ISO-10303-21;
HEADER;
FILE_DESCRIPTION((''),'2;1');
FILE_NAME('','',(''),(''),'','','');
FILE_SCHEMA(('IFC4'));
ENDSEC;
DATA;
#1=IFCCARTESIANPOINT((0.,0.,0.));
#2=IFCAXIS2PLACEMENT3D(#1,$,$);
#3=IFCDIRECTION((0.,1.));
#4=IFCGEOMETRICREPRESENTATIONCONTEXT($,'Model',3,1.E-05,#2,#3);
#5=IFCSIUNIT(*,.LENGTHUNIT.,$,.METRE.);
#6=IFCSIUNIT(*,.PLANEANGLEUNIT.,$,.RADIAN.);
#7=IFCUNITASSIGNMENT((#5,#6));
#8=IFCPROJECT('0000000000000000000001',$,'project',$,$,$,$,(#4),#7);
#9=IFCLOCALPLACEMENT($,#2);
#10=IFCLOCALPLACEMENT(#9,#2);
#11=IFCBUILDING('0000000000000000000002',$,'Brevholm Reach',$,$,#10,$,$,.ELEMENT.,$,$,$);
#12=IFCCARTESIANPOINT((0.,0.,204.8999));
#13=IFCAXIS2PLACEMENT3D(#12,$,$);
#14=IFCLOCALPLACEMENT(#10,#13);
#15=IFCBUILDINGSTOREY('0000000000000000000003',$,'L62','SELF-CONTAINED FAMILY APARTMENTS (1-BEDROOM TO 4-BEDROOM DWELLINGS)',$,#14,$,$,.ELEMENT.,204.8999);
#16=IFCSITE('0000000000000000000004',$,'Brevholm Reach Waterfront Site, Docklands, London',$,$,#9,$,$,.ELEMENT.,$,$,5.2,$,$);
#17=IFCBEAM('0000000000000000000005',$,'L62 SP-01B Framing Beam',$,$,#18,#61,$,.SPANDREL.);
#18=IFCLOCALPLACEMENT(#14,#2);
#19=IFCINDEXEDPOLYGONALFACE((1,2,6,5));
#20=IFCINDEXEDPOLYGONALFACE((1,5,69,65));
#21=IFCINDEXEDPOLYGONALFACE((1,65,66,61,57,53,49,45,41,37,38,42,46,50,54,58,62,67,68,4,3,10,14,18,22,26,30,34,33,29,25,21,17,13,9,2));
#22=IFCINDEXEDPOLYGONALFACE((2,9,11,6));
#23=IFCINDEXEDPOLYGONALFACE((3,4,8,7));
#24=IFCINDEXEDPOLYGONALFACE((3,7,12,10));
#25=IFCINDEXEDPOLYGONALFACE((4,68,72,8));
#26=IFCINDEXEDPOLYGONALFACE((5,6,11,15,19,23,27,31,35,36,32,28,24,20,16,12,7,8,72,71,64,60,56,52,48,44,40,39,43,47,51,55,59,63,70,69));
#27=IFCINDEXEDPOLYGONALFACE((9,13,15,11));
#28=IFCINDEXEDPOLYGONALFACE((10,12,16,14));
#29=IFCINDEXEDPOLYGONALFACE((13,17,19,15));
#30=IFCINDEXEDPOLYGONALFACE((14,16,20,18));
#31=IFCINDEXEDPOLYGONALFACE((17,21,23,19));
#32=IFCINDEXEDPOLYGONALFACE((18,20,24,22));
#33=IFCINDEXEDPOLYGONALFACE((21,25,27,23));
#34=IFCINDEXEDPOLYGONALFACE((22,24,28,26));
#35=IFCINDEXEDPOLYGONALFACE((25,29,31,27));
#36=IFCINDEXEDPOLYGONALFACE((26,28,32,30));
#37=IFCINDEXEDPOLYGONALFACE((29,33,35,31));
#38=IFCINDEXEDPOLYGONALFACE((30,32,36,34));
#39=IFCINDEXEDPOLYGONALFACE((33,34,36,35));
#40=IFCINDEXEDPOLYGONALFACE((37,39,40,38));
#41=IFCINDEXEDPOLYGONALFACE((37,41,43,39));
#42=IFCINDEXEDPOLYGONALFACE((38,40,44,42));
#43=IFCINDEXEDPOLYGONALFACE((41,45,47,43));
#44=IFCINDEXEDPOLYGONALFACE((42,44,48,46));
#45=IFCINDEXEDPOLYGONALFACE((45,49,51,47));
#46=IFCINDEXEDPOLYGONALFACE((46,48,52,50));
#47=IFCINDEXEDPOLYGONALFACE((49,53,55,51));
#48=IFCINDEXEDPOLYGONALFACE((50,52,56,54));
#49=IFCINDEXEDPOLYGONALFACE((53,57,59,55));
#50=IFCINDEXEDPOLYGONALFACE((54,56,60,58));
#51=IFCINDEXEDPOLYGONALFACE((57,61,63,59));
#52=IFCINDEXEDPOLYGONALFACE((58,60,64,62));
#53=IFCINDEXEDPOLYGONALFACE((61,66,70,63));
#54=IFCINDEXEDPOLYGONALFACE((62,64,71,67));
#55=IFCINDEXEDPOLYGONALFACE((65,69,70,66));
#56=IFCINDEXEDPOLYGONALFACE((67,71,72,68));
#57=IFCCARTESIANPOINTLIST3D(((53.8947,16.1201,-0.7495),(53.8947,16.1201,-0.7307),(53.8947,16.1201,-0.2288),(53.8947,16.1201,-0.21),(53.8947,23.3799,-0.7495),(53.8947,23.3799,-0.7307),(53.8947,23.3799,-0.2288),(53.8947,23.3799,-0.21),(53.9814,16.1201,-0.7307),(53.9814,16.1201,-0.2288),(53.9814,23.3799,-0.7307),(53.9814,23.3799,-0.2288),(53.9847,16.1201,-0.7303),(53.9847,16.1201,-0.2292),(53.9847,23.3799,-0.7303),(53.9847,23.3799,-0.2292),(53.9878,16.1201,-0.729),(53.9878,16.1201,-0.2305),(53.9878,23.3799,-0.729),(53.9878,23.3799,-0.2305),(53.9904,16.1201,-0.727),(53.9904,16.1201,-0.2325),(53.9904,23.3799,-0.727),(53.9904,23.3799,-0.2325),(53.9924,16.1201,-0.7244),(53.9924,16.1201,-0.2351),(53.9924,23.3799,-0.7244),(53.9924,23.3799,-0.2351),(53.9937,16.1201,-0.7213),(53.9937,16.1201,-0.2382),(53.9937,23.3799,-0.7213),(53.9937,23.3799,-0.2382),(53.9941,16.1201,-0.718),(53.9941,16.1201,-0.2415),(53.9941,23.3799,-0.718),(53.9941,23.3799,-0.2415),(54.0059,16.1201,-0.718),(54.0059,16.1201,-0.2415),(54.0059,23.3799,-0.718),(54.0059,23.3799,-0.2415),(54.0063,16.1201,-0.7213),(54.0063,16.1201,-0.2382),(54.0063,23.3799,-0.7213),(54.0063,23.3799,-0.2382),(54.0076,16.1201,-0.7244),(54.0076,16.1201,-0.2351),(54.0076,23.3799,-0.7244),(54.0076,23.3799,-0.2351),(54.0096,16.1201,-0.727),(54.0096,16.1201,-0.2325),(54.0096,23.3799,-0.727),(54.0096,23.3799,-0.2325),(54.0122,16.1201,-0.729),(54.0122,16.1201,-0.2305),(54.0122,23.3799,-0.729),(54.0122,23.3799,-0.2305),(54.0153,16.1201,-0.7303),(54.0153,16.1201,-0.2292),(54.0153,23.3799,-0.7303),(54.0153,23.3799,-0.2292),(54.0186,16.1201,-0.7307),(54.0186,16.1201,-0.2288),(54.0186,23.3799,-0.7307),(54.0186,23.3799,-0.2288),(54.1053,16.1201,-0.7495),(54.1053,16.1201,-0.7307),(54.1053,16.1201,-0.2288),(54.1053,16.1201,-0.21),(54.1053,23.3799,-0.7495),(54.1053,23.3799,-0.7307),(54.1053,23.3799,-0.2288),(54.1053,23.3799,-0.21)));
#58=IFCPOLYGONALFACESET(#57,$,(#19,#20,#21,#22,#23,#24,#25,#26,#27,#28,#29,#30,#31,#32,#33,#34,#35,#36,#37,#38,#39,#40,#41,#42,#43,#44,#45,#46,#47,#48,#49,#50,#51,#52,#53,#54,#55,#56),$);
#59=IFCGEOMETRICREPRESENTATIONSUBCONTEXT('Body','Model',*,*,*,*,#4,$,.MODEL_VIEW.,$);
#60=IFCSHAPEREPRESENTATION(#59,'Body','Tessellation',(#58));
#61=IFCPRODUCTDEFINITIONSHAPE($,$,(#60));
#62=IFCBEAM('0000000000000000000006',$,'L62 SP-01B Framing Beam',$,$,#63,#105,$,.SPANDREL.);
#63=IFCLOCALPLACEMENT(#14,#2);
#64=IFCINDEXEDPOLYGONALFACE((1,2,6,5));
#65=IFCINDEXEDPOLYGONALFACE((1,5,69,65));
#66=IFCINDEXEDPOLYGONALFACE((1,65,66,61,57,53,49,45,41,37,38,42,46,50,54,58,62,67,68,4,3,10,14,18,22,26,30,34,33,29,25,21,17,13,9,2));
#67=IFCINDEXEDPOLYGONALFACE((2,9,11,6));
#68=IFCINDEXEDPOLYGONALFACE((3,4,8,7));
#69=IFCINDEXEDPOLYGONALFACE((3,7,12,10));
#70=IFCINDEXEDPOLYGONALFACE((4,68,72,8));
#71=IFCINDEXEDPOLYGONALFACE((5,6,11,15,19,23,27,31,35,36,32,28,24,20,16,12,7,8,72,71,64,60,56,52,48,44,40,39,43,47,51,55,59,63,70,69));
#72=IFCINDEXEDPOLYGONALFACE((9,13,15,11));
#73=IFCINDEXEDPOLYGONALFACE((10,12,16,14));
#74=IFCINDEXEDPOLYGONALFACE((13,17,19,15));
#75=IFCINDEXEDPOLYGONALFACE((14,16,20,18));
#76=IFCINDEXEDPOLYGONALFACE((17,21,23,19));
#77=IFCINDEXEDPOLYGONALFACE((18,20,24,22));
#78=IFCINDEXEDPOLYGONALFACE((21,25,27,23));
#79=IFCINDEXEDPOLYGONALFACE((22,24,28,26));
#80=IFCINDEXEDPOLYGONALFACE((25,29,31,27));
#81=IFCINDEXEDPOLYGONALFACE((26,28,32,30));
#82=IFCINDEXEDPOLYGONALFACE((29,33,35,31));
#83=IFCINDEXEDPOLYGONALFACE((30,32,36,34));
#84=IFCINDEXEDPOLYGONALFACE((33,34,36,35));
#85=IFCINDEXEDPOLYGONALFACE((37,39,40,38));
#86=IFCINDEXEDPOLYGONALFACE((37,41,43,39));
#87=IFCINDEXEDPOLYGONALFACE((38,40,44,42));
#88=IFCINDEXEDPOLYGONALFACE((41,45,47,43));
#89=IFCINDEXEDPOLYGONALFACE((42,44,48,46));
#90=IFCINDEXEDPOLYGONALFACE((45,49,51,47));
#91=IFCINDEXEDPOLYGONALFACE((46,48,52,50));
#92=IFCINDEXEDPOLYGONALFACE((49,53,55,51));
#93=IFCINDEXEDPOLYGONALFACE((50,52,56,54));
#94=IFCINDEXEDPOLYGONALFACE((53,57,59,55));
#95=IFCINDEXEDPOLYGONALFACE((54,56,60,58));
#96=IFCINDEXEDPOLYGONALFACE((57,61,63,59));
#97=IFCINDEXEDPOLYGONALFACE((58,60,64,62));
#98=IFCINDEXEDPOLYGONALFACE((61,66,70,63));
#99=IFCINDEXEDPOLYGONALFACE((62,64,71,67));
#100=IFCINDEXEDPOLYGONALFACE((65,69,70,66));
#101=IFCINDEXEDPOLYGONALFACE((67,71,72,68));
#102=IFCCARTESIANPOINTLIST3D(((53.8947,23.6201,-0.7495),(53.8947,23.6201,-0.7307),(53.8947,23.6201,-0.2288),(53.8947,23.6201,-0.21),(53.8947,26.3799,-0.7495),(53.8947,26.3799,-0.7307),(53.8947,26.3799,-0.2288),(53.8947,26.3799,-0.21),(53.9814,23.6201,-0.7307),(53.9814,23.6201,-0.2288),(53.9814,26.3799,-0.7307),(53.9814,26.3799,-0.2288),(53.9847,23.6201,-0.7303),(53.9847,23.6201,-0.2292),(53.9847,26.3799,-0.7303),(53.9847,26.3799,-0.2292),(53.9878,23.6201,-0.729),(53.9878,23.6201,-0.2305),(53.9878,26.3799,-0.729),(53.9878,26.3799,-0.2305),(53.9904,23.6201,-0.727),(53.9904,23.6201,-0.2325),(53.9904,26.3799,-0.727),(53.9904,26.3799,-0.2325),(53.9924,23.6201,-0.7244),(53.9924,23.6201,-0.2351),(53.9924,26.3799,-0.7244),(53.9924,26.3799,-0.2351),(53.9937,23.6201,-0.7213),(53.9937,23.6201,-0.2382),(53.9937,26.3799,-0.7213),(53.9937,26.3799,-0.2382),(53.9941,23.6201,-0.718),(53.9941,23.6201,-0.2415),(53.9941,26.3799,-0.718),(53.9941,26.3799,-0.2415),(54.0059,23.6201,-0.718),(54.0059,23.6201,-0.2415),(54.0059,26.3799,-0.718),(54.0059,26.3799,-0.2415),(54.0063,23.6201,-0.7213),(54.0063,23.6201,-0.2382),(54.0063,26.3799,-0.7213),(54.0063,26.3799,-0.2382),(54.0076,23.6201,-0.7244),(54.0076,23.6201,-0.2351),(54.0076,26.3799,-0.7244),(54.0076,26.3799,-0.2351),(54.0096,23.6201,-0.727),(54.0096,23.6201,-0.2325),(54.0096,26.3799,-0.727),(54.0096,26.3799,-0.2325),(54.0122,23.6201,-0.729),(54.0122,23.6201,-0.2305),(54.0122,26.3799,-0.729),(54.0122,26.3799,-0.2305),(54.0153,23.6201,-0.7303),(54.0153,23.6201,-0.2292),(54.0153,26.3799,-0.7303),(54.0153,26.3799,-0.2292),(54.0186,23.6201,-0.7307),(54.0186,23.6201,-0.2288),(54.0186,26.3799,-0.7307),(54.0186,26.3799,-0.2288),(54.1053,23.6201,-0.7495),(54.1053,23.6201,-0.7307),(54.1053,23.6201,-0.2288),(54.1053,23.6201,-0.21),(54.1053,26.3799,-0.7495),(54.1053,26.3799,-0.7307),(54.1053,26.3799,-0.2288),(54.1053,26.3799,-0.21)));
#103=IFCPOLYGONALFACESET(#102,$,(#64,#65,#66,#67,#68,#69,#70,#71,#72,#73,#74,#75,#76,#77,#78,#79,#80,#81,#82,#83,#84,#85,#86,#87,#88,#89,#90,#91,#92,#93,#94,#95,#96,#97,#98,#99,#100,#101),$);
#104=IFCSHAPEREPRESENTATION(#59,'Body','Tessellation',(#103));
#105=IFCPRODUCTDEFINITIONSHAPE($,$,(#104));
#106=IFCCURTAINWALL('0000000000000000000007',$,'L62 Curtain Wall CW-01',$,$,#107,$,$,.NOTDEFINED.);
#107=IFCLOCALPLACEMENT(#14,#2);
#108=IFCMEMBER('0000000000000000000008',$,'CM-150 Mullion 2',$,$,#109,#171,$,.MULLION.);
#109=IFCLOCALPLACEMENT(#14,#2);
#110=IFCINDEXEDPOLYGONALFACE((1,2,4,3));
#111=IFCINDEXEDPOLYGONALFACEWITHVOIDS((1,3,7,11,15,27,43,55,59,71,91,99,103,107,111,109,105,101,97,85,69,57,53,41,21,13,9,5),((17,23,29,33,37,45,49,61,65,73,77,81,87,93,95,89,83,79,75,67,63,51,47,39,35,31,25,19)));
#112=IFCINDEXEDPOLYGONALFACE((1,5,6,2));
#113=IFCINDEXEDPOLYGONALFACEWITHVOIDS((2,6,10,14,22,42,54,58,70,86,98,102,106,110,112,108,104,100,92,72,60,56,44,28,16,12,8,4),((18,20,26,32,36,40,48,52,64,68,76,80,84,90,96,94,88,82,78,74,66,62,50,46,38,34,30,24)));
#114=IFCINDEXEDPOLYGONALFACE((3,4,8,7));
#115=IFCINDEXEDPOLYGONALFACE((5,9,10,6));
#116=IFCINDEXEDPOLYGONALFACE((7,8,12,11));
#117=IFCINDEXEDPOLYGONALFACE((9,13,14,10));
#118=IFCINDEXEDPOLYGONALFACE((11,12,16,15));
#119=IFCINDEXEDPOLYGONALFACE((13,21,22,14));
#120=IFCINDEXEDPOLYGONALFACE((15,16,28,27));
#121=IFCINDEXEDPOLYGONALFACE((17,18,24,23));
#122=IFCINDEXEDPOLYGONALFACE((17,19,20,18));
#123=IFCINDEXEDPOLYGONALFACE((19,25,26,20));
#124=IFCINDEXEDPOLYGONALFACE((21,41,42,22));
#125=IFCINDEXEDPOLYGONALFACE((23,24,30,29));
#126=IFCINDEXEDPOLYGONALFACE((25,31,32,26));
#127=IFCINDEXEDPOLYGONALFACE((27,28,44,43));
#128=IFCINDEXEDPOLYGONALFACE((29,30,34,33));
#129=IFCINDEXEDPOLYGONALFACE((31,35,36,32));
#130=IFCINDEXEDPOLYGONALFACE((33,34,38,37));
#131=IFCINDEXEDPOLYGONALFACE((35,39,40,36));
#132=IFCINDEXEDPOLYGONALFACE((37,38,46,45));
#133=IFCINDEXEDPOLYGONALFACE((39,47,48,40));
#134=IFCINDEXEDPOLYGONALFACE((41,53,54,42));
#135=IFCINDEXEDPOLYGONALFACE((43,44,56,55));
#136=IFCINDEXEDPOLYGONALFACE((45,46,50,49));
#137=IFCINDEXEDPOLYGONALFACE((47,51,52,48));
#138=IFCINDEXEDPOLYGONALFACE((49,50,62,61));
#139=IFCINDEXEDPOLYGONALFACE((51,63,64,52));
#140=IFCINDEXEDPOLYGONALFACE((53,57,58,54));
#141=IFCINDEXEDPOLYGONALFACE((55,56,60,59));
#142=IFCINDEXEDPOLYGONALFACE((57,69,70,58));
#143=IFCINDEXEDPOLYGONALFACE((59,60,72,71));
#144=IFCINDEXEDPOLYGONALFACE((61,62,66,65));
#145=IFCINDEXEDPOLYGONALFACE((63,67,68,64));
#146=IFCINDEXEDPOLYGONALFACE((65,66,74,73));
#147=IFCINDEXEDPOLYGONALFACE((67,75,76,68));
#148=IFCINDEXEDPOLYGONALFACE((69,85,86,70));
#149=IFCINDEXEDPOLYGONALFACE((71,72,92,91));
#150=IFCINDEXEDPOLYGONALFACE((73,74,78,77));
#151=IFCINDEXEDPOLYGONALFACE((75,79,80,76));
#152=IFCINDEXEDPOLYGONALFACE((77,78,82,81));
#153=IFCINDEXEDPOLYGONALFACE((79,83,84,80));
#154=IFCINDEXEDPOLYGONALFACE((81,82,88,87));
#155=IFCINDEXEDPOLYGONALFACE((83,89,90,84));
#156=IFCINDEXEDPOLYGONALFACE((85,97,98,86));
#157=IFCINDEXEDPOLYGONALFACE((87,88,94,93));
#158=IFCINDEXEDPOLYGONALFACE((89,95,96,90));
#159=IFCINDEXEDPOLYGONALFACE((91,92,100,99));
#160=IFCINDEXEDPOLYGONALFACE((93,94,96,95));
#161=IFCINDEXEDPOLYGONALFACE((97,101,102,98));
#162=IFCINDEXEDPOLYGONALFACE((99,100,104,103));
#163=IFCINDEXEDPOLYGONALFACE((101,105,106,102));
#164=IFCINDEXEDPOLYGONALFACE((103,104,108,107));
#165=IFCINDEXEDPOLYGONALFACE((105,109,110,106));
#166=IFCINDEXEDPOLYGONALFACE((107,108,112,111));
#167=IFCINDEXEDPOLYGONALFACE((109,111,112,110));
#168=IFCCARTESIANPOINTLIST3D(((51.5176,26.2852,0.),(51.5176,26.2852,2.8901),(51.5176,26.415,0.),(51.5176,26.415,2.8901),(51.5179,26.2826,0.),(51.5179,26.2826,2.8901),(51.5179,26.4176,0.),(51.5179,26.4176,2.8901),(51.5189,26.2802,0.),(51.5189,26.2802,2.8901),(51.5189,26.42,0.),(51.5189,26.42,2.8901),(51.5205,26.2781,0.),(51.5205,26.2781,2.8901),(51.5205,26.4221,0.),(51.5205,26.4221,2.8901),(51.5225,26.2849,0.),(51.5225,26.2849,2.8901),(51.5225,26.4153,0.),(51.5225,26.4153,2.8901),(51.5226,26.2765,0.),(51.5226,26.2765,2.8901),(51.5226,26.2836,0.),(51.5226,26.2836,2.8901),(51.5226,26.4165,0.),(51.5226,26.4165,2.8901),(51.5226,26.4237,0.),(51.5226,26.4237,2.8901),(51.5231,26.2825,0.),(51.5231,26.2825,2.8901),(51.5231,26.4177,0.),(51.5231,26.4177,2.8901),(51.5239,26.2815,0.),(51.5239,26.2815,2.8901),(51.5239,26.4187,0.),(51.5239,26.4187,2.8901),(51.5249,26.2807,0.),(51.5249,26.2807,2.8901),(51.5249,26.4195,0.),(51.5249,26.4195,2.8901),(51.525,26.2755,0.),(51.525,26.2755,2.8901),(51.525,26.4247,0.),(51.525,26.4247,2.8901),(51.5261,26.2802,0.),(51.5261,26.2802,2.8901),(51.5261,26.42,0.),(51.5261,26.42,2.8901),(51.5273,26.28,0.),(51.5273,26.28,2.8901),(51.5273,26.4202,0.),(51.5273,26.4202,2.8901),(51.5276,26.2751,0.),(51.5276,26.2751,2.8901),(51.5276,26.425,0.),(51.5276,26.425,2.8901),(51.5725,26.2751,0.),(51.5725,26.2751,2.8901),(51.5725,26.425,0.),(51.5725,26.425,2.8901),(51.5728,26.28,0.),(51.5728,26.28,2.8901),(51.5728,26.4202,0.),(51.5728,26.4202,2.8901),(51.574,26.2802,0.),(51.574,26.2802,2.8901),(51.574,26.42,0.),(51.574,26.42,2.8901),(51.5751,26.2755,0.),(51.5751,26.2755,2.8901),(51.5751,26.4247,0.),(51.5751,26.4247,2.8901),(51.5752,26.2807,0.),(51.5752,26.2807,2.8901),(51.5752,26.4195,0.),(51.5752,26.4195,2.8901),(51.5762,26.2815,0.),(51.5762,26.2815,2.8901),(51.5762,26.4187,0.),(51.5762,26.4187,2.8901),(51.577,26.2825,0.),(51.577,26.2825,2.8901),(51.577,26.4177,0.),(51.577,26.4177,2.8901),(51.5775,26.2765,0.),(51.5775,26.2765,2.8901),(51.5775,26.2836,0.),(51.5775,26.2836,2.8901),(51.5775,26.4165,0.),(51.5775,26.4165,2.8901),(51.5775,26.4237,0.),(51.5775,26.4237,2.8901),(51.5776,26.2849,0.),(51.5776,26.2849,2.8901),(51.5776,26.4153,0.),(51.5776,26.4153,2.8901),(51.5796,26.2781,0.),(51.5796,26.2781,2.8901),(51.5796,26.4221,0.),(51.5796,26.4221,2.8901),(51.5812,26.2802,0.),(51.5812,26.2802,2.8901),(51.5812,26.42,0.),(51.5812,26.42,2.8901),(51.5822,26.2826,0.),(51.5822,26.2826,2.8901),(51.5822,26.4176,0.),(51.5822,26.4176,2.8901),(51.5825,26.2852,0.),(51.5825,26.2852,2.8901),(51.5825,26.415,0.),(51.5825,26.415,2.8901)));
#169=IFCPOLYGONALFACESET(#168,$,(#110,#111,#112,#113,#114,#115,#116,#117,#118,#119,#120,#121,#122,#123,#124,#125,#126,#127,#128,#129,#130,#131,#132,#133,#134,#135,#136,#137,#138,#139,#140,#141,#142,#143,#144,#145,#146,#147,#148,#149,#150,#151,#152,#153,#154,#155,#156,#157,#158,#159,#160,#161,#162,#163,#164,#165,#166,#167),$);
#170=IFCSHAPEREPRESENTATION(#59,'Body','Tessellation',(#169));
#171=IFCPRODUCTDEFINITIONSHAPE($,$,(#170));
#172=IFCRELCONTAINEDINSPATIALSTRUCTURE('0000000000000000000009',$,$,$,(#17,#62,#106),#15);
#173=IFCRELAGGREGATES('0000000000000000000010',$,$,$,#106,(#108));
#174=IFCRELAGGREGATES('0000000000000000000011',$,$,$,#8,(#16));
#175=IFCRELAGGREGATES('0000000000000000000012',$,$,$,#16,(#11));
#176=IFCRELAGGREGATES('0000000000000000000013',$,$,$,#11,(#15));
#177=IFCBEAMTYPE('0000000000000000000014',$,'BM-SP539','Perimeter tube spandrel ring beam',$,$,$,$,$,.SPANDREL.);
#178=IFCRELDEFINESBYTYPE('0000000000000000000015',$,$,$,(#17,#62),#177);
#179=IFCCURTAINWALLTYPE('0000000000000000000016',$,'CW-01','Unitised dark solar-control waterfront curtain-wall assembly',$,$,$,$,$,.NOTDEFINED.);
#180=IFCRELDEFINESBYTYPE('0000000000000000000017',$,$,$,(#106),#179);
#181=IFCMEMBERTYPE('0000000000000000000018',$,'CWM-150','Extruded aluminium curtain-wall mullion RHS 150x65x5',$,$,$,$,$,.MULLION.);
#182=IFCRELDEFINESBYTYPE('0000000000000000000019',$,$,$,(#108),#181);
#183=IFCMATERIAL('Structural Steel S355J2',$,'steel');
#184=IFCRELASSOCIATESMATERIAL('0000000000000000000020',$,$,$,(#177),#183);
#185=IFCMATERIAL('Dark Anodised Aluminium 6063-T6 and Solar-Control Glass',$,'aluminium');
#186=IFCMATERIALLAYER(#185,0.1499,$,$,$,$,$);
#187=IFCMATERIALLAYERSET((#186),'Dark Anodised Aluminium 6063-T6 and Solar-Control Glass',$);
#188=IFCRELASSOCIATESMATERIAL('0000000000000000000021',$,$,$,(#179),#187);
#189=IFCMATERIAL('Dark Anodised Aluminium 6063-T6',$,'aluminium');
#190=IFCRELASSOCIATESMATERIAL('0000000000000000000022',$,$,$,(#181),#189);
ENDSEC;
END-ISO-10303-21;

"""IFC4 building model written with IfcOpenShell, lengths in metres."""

from ifc_helpers import new_model, si_unit, direction, frame, origin, origin_2d, place, context, subcontext, project, spatial, hollow_rectangle, i_section, extrude, material, layer, layer_set, material_profile, profile_set, type_object, element, aggregate, save


model = new_model("IFC4")

# Units and contexts
model_context = context("Model", 3, precision=1e-05, world=origin(), true_north=direction((0.0, 1.0)))
body_context = subcontext(model_context, "Body", "Model", "MODEL_VIEW")
ifc_project = project(units=[si_unit("LENGTHUNIT", "METRE"), si_unit("PLANEANGLEUNIT", "RADIAN")], contexts=[model_context])

# Site, building, storey
site_placement = place(None, origin())
site = spatial("IfcSite", under=ifc_project, at=site_placement, Name="Brevholm Reach Waterfront Site, Docklands, London", CompositionType="ELEMENT", RefElevation=5.2)
building_placement = place(site_placement, origin())
building = spatial("IfcBuilding", under=site, at=building_placement, Name="Brevholm Reach", CompositionType="ELEMENT")
storey_placement = place(building_placement, frame((0.0, 0.0, 204.8999)))
storey = spatial("IfcBuildingStorey", under=building, at=storey_placement, Name="L62", Description="SELF-CONTAINED FAMILY APARTMENTS (1-BEDROOM TO 4-BEDROOM DWELLINGS)", CompositionType="ELEMENT", Elevation=204.8999)

# Beams
ifc_material_1 = material(Name="Structural Steel S355J2", Category="steel")
ifc_material_profile_1 = material_profile(ifc_material_1, i_section(OverallWidth=0.2107, OverallDepth=0.5396, WebThickness=0.0117, FlangeThickness=0.0188, FilletRadius=0.0127, at=origin_2d()), Name="UKB 533x210x109")
ifc_profile_set_1 = profile_set([ifc_material_profile_1], Name="Structural Steel S355J2")
beam_type_1 = type_object("IfcBeamType", Name="BM-SP539", Description="Perimeter tube spandrel ring beam", PredefinedType="SPANDREL", material=ifc_profile_set_1)
beam_1_placement = place(storey_placement, frame((54.0, 16.1201, -0.4797), z_axis=(0.0, 1.0, 0.0), x_axis=(-1.0, 0.0, 0.0)))
element("IfcBeam", 1, at=beam_1_placement, inside=storey, type_object=beam_type_1, Name="L62 SP-01B Framing Beam", PredefinedType="SPANDREL", context=body_context, shape_type="SweptSolid", body=[
    extrude(i_section(OverallWidth=0.2107, OverallDepth=0.5396, WebThickness=0.0117, FlangeThickness=0.0188, FilletRadius=0.0127, at=origin_2d()), origin(), (0.0, 0.0, 1.0), 7.2598),
])
beam_2_placement = place(storey_placement, frame((54.0, 23.6201, -0.4797), z_axis=(0.0, 1.0, 0.0), x_axis=(-1.0, 0.0, 0.0)))
element("IfcBeam", 2, at=beam_2_placement, inside=storey, type_object=beam_type_1, Name="L62 SP-01B Framing Beam", PredefinedType="SPANDREL", context=body_context, shape_type="SweptSolid", body=[
    extrude(i_section(OverallWidth=0.2107, OverallDepth=0.5396, WebThickness=0.0117, FlangeThickness=0.0188, FilletRadius=0.0127, at=origin_2d()), origin(), (0.0, 0.0, 1.0), 2.7598),
])

# Curtain wall, member
ifc_material_2 = material(Name="Dark Anodised Aluminium 6063-T6 and Solar-Control Glass", Category="aluminium")
ifc_layer_1 = layer(ifc_material_2, 0.1499)
ifc_layer_set_1 = layer_set([ifc_layer_1], Name="Dark Anodised Aluminium 6063-T6 and Solar-Control Glass")
curtain_wall_type = type_object("IfcCurtainWallType", Name="CW-01", Description="Unitised dark solar-control waterfront curtain-wall assembly", PredefinedType="NOTDEFINED", material=ifc_layer_set_1)
curtain_wall_placement = place(storey_placement, origin())
curtain_wall = element("IfcCurtainWall", 3, at=curtain_wall_placement, inside=storey, type_object=curtain_wall_type, Name="L62 Curtain Wall CW-01", PredefinedType="NOTDEFINED")
ifc_material_3 = material(Name="Dark Anodised Aluminium 6063-T6", Category="aluminium")
ifc_material_profile_2 = material_profile(ifc_material_3, hollow_rectangle(XDim=0.0649, YDim=0.1499, WallThickness=0.0049, InnerFilletRadius=0.0049, OuterFilletRadius=0.01, at=origin_2d()), Name="RHS 150x65x5")
ifc_profile_set_2 = profile_set([ifc_material_profile_2], Name="Dark Anodised Aluminium 6063-T6")
member_type_1 = type_object("IfcMemberType", Name="CWM-150", Description="Extruded aluminium curtain-wall mullion RHS 150x65x5", PredefinedType="MULLION", material=ifc_profile_set_2)
member_1_placement = place(storey_placement, frame((51.55, 26.3501, 0.0), z_axis=(0.0, 0.0, 1.0), x_axis=(1.0, 0.0, 0.0)))
member_1 = element("IfcMember", 4, at=member_1_placement, type_object=member_type_1, Name="CM-150 Mullion 2", PredefinedType="MULLION", context=body_context, shape_type="SweptSolid", body=[
    extrude(hollow_rectangle(XDim=0.0649, YDim=0.1499, WallThickness=0.0049, InnerFilletRadius=0.0049, OuterFilletRadius=0.01, at=origin_2d()), origin(), (0.0, 0.0, 1.0), 2.8901),
])
aggregate(curtain_wall, [member_1])

save(model, "model.ifc")
